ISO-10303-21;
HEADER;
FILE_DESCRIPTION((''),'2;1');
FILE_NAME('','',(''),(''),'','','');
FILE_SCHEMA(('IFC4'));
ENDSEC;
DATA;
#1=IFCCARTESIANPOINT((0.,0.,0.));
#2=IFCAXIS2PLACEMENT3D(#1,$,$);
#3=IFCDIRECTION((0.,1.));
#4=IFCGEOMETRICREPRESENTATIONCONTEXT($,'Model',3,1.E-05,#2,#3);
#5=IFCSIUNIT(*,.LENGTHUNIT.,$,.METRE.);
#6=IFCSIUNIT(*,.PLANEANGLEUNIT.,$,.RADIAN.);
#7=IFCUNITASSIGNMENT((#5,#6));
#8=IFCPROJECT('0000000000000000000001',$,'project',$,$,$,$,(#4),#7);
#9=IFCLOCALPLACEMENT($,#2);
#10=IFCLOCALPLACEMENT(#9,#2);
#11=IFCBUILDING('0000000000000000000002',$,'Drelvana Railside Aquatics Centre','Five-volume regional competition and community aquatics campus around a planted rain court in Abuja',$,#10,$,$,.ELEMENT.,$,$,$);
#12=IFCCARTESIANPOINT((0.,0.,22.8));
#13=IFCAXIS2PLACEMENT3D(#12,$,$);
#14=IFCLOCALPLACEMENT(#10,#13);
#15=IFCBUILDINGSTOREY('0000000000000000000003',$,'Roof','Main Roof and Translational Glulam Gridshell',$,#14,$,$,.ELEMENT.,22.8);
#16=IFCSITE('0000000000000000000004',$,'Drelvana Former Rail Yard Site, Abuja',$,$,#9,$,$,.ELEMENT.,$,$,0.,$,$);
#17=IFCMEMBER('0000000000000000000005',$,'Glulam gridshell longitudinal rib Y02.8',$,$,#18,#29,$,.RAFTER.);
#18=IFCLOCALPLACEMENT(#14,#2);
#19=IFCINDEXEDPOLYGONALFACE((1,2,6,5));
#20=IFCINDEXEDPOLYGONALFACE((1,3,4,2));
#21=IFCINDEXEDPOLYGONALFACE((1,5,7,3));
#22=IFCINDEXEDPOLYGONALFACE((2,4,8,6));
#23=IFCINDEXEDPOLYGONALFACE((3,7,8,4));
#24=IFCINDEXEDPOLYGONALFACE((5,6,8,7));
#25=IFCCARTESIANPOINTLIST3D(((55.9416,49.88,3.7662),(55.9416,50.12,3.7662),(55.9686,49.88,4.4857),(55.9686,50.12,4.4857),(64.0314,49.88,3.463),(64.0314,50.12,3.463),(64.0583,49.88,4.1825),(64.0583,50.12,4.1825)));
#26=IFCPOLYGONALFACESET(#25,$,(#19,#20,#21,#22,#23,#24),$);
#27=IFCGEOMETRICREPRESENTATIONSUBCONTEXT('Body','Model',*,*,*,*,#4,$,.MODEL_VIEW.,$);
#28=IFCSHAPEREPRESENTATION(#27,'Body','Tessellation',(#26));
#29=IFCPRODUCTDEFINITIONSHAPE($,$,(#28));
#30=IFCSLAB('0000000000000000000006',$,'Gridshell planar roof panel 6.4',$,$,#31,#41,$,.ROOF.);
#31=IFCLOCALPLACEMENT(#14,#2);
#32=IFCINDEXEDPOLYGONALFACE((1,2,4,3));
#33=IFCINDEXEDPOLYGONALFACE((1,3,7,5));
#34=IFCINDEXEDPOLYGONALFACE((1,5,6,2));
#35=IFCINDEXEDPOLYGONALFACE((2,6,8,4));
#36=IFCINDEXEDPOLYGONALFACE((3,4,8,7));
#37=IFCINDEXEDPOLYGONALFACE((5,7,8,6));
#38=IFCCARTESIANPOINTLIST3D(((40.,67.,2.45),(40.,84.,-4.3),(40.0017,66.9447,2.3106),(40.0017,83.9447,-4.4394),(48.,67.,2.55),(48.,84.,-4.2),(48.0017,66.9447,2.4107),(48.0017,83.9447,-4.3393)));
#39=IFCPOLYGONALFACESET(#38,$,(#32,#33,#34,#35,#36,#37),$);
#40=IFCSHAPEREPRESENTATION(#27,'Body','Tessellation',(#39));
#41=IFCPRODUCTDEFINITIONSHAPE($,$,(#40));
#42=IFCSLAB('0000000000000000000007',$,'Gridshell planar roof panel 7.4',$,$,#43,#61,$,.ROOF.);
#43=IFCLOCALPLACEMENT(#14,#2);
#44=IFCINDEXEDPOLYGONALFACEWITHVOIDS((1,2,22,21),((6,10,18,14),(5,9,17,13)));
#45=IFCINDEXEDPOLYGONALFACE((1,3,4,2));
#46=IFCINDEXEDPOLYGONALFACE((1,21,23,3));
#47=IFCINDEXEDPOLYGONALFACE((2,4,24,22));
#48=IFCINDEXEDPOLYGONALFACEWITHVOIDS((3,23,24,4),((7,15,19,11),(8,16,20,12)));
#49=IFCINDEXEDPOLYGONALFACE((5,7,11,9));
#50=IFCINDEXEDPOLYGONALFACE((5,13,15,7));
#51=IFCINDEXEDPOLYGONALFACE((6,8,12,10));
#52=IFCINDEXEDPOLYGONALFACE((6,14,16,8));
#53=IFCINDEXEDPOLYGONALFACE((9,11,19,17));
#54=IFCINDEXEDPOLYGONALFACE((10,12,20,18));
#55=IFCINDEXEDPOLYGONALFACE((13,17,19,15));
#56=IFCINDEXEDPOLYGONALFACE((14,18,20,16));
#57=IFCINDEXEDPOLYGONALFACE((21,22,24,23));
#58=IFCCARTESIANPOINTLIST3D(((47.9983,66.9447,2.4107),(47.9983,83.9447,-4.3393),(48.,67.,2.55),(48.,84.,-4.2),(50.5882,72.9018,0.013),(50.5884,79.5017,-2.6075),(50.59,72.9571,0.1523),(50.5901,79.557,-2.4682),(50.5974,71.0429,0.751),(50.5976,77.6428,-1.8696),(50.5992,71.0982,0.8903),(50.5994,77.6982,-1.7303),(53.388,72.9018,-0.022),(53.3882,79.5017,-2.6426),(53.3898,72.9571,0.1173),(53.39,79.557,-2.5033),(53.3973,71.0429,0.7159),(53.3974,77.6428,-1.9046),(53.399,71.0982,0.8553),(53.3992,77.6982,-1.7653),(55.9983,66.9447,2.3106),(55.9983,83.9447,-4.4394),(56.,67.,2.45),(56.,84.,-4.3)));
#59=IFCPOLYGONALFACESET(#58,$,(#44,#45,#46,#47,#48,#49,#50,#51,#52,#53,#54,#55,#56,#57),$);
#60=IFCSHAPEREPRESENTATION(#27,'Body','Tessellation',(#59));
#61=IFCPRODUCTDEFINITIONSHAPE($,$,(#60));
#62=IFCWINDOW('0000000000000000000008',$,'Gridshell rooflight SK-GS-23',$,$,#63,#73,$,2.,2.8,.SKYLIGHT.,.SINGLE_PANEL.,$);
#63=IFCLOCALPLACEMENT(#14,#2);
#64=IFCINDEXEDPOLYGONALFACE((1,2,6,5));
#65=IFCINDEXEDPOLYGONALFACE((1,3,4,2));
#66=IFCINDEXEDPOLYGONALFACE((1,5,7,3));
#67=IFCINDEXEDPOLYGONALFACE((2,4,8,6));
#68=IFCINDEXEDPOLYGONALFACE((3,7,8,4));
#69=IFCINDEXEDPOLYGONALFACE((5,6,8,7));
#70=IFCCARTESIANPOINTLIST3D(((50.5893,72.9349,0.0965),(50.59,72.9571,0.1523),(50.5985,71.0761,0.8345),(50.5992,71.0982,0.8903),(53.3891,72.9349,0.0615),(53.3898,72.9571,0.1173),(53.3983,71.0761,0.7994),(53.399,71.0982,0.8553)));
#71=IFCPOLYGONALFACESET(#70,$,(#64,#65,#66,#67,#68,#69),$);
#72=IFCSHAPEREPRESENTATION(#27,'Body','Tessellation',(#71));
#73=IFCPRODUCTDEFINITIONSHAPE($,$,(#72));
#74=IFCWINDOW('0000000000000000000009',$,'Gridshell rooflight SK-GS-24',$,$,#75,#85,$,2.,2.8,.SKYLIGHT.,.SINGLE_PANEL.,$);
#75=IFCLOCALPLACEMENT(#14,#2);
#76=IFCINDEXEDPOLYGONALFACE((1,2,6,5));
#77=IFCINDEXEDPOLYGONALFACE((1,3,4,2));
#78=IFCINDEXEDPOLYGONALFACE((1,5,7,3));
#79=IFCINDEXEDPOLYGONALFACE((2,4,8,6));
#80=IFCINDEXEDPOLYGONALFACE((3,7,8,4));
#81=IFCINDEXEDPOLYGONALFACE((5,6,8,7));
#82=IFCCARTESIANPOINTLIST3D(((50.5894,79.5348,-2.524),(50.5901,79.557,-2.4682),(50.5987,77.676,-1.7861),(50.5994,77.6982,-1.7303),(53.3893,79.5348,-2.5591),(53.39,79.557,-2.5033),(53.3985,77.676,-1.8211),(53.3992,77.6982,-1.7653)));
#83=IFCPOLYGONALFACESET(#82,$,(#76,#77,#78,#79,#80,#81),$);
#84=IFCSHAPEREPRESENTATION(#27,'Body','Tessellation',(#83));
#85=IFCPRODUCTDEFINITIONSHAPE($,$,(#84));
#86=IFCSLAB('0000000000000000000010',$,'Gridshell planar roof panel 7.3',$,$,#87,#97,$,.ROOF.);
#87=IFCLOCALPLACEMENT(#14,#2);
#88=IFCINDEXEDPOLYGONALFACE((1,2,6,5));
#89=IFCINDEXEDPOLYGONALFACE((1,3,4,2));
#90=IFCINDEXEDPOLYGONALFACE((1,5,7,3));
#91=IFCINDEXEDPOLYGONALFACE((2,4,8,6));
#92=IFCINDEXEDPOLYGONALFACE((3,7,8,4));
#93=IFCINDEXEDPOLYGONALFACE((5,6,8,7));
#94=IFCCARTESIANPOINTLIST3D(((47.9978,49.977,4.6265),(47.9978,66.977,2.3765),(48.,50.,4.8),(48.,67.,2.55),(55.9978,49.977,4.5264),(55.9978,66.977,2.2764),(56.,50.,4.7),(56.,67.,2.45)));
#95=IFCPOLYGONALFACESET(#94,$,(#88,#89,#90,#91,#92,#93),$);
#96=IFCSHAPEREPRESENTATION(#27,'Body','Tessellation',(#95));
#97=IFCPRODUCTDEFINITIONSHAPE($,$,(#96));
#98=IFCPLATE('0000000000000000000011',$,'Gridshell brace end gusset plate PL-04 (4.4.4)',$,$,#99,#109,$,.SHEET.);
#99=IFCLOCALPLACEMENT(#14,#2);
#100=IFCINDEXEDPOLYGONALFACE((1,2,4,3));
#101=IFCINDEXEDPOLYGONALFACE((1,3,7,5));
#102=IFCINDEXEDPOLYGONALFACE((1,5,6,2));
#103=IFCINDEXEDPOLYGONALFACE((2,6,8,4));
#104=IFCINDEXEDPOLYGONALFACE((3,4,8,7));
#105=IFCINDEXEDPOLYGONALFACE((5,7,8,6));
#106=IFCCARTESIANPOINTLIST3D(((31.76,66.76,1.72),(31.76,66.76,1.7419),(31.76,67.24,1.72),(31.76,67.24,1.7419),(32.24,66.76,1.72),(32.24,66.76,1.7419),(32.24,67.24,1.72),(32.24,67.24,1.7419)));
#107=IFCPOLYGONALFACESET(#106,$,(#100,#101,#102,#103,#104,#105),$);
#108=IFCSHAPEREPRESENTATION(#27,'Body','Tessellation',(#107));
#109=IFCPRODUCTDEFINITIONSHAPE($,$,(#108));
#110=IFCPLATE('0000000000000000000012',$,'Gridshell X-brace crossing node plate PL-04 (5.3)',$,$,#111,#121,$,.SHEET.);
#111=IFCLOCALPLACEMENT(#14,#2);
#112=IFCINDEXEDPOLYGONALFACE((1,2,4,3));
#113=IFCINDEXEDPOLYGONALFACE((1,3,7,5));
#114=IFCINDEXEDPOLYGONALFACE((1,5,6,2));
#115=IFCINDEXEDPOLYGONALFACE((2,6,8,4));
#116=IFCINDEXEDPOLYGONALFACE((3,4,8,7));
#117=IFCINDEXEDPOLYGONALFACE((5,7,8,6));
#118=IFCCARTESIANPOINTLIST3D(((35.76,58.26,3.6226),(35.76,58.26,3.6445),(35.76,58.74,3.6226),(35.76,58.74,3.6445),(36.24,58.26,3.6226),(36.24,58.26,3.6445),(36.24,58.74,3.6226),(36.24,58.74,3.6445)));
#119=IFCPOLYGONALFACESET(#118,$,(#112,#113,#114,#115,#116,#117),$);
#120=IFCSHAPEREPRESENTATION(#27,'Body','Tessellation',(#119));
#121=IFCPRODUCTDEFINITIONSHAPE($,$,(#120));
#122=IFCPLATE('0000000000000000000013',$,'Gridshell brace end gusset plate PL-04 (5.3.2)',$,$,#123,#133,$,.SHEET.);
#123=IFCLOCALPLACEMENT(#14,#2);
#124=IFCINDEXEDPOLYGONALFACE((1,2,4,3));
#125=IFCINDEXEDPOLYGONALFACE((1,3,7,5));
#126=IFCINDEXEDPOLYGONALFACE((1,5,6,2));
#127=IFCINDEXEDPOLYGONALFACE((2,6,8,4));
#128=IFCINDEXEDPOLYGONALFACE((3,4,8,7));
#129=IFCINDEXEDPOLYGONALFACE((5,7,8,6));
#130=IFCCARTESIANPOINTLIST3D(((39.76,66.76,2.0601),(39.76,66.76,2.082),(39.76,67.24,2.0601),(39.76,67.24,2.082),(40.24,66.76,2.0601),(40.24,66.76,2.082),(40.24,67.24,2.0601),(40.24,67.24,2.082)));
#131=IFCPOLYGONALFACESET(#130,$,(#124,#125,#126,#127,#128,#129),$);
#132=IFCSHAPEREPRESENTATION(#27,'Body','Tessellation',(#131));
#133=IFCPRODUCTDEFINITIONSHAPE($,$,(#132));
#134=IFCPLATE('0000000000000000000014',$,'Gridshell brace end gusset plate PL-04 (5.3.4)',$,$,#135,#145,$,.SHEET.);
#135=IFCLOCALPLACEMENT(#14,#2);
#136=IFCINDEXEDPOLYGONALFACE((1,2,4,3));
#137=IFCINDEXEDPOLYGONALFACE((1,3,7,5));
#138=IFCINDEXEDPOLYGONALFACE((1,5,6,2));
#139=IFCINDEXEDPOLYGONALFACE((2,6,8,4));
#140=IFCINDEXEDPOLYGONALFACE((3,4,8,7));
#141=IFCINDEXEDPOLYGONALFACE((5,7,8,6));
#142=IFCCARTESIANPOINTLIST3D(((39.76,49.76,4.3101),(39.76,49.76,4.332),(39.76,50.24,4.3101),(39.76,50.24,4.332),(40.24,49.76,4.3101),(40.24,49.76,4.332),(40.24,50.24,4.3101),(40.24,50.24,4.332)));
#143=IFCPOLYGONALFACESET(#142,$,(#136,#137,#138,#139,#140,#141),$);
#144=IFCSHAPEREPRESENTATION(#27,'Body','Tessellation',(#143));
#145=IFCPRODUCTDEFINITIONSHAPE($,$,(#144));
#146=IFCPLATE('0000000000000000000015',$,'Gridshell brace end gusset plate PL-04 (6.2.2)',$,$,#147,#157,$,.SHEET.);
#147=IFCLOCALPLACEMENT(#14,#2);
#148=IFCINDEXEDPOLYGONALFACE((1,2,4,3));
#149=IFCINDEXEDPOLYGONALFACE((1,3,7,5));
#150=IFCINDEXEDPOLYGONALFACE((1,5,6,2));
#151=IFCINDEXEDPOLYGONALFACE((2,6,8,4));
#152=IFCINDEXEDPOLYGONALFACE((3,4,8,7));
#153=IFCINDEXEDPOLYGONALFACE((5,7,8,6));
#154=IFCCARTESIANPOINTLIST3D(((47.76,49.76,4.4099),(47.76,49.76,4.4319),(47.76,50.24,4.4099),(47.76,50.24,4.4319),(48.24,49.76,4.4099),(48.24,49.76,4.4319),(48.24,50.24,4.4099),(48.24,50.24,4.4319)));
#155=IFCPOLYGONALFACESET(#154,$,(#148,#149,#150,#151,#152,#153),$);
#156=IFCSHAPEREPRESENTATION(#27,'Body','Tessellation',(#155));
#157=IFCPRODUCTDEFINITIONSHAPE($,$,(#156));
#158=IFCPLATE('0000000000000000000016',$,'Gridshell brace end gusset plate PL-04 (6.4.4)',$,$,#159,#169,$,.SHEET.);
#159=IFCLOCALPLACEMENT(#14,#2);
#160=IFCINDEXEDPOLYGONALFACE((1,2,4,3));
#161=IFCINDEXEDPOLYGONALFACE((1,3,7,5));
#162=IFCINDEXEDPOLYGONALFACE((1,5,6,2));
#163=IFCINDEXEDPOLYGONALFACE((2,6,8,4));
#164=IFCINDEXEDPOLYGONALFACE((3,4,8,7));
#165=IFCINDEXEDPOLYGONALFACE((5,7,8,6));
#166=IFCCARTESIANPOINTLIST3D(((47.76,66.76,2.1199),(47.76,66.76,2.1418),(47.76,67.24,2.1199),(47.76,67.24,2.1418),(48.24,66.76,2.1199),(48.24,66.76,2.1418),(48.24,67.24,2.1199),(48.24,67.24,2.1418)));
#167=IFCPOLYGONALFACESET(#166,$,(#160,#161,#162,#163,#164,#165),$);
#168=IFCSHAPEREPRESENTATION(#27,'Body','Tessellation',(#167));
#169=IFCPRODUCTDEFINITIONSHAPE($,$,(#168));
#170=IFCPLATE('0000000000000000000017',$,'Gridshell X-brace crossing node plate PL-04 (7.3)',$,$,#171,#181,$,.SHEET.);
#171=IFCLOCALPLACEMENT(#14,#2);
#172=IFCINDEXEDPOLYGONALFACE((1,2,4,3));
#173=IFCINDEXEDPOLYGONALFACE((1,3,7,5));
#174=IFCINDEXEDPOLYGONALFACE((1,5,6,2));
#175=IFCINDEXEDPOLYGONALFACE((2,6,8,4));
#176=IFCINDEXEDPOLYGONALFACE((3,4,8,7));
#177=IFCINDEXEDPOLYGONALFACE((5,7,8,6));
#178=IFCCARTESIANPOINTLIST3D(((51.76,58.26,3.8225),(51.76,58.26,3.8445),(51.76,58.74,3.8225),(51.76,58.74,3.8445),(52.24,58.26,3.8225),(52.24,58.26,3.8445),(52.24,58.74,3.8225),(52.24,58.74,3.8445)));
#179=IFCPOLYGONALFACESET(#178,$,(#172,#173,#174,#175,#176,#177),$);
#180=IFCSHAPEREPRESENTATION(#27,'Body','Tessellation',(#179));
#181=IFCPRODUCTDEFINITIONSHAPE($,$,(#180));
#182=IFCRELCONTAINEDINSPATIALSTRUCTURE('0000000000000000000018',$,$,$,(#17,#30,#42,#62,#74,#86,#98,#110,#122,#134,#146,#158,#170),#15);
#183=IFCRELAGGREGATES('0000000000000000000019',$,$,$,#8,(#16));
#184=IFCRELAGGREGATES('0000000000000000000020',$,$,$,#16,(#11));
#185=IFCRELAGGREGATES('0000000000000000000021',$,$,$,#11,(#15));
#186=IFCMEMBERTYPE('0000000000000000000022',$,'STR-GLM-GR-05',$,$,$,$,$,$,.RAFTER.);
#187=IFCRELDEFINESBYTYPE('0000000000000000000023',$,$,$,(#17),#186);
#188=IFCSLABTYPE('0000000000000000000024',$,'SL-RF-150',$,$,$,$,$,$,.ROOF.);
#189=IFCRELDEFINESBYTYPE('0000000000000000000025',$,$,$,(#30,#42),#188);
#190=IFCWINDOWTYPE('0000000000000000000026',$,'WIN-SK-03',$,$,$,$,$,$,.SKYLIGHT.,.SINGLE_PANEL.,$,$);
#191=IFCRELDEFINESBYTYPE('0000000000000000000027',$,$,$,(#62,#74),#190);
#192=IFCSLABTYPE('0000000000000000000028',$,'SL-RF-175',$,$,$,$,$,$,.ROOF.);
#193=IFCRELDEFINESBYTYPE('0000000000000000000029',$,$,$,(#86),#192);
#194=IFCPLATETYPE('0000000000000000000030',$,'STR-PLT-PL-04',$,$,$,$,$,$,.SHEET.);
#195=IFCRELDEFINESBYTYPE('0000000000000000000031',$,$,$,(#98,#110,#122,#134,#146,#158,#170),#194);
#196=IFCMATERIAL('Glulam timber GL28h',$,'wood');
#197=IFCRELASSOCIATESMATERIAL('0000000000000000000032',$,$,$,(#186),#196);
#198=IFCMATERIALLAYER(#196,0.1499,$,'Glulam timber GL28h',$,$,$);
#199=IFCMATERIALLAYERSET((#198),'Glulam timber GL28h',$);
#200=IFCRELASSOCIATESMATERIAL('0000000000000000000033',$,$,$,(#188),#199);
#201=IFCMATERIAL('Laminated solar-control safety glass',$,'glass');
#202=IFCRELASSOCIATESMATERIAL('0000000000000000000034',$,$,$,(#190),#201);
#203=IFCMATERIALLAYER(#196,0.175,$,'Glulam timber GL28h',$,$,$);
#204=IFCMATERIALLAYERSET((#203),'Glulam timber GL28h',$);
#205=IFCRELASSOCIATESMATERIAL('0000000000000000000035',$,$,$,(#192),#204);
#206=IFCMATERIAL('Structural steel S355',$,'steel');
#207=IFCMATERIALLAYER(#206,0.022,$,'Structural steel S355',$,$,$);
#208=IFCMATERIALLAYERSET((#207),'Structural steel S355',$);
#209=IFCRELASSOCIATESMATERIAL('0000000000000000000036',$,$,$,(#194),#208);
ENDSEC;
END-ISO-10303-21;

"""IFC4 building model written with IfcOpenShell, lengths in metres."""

from ifc_helpers import new_model, si_unit, direction, frame, origin, origin_2d, place, context, subcontext, project, spatial, polyline, rectangle, outline, extrude, material, layer, layer_set, material_profile, profile_set, type_object, element, fill, save


model = new_model("IFC4")

# Units and contexts
model_context = context("Model", 3, precision=1e-05, world=origin(), true_north=direction((0.0, 1.0)))
body_context = subcontext(model_context, "Body", "Model", "MODEL_VIEW")
ifc_project = project(units=[si_unit("LENGTHUNIT", "METRE"), si_unit("PLANEANGLEUNIT", "RADIAN")], contexts=[model_context])

# Site, building, storey
site_placement = place(None, origin())
site = spatial("IfcSite", under=ifc_project, at=site_placement, Name="Drelvana Former Rail Yard Site, Abuja", CompositionType="ELEMENT", RefElevation=0.0)
building_placement = place(site_placement, origin())
building = spatial("IfcBuilding", under=site, at=building_placement, Name="Drelvana Railside Aquatics Centre", Description="Five-volume regional competition and community aquatics campus around a planted rain court in Abuja", CompositionType="ELEMENT")
storey_placement = place(building_placement, frame((0.0, 0.0, 22.8)))
storey = spatial("IfcBuildingStorey", under=building, at=storey_placement, Name="Roof", Description="Main Roof and Translational Glulam Gridshell", CompositionType="ELEMENT", Elevation=22.8)

# Shared definitions
ifc_material_1 = material(Name="Glulam timber GL28h", Category="wood")

# Member
ifc_material_profile_1 = material_profile(ifc_material_1, rectangle(XDim=0.24, YDim=0.72, at=origin_2d()), Name="GL28h 240x720")
ifc_profile_set_1 = profile_set([ifc_material_profile_1], Name="Glulam timber GL28h")
member_type_1 = type_object("IfcMemberType", Name="STR-GLM-GR-05", PredefinedType="RAFTER", material=ifc_profile_set_1)
member_1_placement = place(storey_placement, frame((55.9551, 50.0, 4.126), z_axis=(0.999298, 0.0, -0.037456), x_axis=(0.0, 1.0, 0.0)))
element("IfcMember", 1, at=member_1_placement, inside=storey, type_object=member_type_1, Name="Glulam gridshell longitudinal rib Y02.8", PredefinedType="RAFTER", context=body_context, shape_type="SweptSolid", body=[
    extrude(rectangle(XDim=0.24, YDim=0.72, at=origin_2d()), origin(), (0.0, 0.0, 1.0), 8.0955),
])

# Shared definitions
ifc_layer_1 = layer(ifc_material_1, 0.1499, Name="Glulam timber GL28h")
ifc_layer_set_1 = layer_set([ifc_layer_1], Name="Glulam timber GL28h")
slab_type_1 = type_object("IfcSlabType", Name="SL-RF-150", PredefinedType="ROOF", material=ifc_layer_set_1)
ifc_material_2 = material(Name="Laminated solar-control safety glass", Category="glass")
window_type_1 = type_object("IfcWindowType", Name="WIN-SK-03", PartitioningType="SINGLE_PANEL", PredefinedType="SKYLIGHT", material=ifc_material_2)

# Slab
slab_1_placement = place(storey_placement, frame((40.0, 67.0, 2.45), z_axis=(-0.011628, 0.369008, 0.929353), x_axis=(0.999922, 0.0, 0.012511)))
element("IfcSlab", 2, at=slab_1_placement, inside=storey, type_object=slab_type_1, Name="Gridshell planar roof panel 6.4", PredefinedType="ROOF", context=body_context, shape_type="SweptSolid", body=[
    extrude(outline(polyline([(0.0, 0.0), (8.0006, 0.0), (7.9162, 18.2909), (-0.0845, 18.2909), (0.0, 0.0)])), origin(), (0.0, 0.0, -1.0), 0.1499),
])

# Slab, openings, windows
slab_2_placement = place(storey_placement, frame((48.0, 67.0, 2.55), z_axis=(0.011628, 0.369008, 0.929353), x_axis=(0.999922, 0.0, -0.012511)))
slab_2 = element("IfcSlab", 3, at=slab_2_placement, inside=storey, type_object=slab_type_1, Name="Gridshell planar roof panel 7.4", PredefinedType="ROOF", context=body_context, shape_type="SweptSolid", body=[
    extrude(outline(polyline([(0.0, 0.0), (8.0006, 0.0), (8.0851, 18.2909), (0.0845, 18.2909), (0.0, 0.0)])), origin(), (0.0, 0.0, -1.0), 0.1499),
])
opening_1_placement = place(slab_2_placement, frame((4.0198, 5.4094, 0.01)))
opening_1 = element("IfcOpeningElement", 4, at=opening_1_placement, cuts=slab_2, PredefinedType="OPENING", context=body_context, shape_type="SweptSolid", body=[
    extrude(rectangle(XDim=2.8, YDim=2.0, at=origin_2d()), origin(), (0.0, 0.0, -1.0), 0.1699),
])
opening_2_placement = place(slab_2_placement, frame((4.0527, 12.5105, 0.01)))
opening_2 = element("IfcOpeningElement", 5, at=opening_2_placement, cuts=slab_2, PredefinedType="OPENING", context=body_context, shape_type="SweptSolid", body=[
    extrude(rectangle(XDim=2.8, YDim=2.0, at=origin_2d()), origin(), (0.0, 0.0, -1.0), 0.1699),
])
window_1_placement = place(slab_2_placement, frame((4.0198, 5.4094, 0.0)))
window_1 = element("IfcWindow", 6, at=window_1_placement, inside=storey, type_object=window_type_1, Name="Gridshell rooflight SK-GS-23", OverallHeight=2.0, OverallWidth=2.8, PartitioningType="SINGLE_PANEL", PredefinedType="SKYLIGHT", context=body_context, shape_type="SweptSolid", body=[
    extrude(rectangle(XDim=2.8, YDim=2.0, at=origin_2d()), origin(), (0.0, 0.0, -1.0), 0.0601),
])
fill(opening_1, window_1)
window_2_placement = place(slab_2_placement, frame((4.0527, 12.5105, 0.0)))
window_2 = element("IfcWindow", 7, at=window_2_placement, inside=storey, type_object=window_type_1, Name="Gridshell rooflight SK-GS-24", OverallHeight=2.0, OverallWidth=2.8, PartitioningType="SINGLE_PANEL", PredefinedType="SKYLIGHT", context=body_context, shape_type="SweptSolid", body=[
    extrude(rectangle(XDim=2.8, YDim=2.0, at=origin_2d()), origin(), (0.0, 0.0, -1.0), 0.0601),
])
fill(opening_2, window_2)
ifc_layer_2 = layer(ifc_material_1, 0.175, Name="Glulam timber GL28h")
ifc_layer_set_2 = layer_set([ifc_layer_2], Name="Glulam timber GL28h")
slab_type_2 = type_object("IfcSlabType", Name="SL-RF-175", PredefinedType="ROOF", material=ifc_layer_set_2)

# Slab
slab_3_placement = place(storey_placement, frame((48.0, 50.0, 4.8), z_axis=(0.012403, 0.131199, 0.991279), x_axis=(0.999922, 0.0, -0.012511)))
element("IfcSlab", 8, at=slab_3_placement, inside=storey, type_object=slab_type_2, Name="Gridshell planar roof panel 7.3", PredefinedType="ROOF", context=body_context, shape_type="SweptSolid", body=[
    extrude(outline(polyline([(0.0, 0.0), (8.0006, 0.0), (8.0288, 17.1482), (0.0282, 17.1482), (0.0, 0.0)])), origin(), (0.0, 0.0, -1.0), 0.175),
])

# Plates
ifc_material_3 = material(Name="Structural steel S355", Category="steel")
ifc_layer_3 = layer(ifc_material_3, 0.022, Name="Structural steel S355")
ifc_layer_set_3 = layer_set([ifc_layer_3], Name="Structural steel S355")
plate_type = type_object("IfcPlateType", Name="STR-PLT-PL-04", PredefinedType="SHEET", material=ifc_layer_set_3)
for number, where, z_axis, x_axis, name in (
    (9, (32.0, 67.0, 1.72), (0.0, 0.0, 1.0), (1.0, 0.0, 0.0), "Gridshell brace end gusset plate PL-04 (4.4.4)"),
    (10, (36.0, 58.5, 3.6226), (0.0, 0.0, 1.0), (1.0, 0.0, 0.0), "Gridshell X-brace crossing node plate PL-04 (5.3)"),
    (11, (40.0, 67.0, 2.0601), (0.0, 0.0, 1.0), (1.0, 0.0, 0.0), "Gridshell brace end gusset plate PL-04 (5.3.2)"),
    (12, (40.0, 50.0, 4.3101), (0.0, 0.0, 1.0), (1.0, 0.0, 0.0), "Gridshell brace end gusset plate PL-04 (5.3.4)"),
    (13, (48.0, 50.0, 4.4099), (0.0, 0.0, 1.0), (1.0, 0.0, 0.0), "Gridshell brace end gusset plate PL-04 (6.2.2)"),
    (14, (48.0, 67.0, 2.1199), (0.0, 0.0, 1.0), (1.0, 0.0, 0.0), "Gridshell brace end gusset plate PL-04 (6.4.4)"),
    (15, (52.0, 58.5, 3.8225), (0.0, 0.0, 1.0), (1.0, 0.0, 0.0), "Gridshell X-brace crossing node plate PL-04 (7.3)"),
):
    element("IfcPlate", number, at=place(storey_placement, frame(where, z_axis=z_axis, x_axis=x_axis)), inside=storey, type_object=plate_type, Name=name, PredefinedType="SHEET", context=body_context, shape_type="SweptSolid", body=[
        extrude(rectangle(XDim=0.48, YDim=0.48, at=origin_2d()), origin(), (0.0, 0.0, 1.0), 0.022),
    ])

save(model, "model.ifc")
